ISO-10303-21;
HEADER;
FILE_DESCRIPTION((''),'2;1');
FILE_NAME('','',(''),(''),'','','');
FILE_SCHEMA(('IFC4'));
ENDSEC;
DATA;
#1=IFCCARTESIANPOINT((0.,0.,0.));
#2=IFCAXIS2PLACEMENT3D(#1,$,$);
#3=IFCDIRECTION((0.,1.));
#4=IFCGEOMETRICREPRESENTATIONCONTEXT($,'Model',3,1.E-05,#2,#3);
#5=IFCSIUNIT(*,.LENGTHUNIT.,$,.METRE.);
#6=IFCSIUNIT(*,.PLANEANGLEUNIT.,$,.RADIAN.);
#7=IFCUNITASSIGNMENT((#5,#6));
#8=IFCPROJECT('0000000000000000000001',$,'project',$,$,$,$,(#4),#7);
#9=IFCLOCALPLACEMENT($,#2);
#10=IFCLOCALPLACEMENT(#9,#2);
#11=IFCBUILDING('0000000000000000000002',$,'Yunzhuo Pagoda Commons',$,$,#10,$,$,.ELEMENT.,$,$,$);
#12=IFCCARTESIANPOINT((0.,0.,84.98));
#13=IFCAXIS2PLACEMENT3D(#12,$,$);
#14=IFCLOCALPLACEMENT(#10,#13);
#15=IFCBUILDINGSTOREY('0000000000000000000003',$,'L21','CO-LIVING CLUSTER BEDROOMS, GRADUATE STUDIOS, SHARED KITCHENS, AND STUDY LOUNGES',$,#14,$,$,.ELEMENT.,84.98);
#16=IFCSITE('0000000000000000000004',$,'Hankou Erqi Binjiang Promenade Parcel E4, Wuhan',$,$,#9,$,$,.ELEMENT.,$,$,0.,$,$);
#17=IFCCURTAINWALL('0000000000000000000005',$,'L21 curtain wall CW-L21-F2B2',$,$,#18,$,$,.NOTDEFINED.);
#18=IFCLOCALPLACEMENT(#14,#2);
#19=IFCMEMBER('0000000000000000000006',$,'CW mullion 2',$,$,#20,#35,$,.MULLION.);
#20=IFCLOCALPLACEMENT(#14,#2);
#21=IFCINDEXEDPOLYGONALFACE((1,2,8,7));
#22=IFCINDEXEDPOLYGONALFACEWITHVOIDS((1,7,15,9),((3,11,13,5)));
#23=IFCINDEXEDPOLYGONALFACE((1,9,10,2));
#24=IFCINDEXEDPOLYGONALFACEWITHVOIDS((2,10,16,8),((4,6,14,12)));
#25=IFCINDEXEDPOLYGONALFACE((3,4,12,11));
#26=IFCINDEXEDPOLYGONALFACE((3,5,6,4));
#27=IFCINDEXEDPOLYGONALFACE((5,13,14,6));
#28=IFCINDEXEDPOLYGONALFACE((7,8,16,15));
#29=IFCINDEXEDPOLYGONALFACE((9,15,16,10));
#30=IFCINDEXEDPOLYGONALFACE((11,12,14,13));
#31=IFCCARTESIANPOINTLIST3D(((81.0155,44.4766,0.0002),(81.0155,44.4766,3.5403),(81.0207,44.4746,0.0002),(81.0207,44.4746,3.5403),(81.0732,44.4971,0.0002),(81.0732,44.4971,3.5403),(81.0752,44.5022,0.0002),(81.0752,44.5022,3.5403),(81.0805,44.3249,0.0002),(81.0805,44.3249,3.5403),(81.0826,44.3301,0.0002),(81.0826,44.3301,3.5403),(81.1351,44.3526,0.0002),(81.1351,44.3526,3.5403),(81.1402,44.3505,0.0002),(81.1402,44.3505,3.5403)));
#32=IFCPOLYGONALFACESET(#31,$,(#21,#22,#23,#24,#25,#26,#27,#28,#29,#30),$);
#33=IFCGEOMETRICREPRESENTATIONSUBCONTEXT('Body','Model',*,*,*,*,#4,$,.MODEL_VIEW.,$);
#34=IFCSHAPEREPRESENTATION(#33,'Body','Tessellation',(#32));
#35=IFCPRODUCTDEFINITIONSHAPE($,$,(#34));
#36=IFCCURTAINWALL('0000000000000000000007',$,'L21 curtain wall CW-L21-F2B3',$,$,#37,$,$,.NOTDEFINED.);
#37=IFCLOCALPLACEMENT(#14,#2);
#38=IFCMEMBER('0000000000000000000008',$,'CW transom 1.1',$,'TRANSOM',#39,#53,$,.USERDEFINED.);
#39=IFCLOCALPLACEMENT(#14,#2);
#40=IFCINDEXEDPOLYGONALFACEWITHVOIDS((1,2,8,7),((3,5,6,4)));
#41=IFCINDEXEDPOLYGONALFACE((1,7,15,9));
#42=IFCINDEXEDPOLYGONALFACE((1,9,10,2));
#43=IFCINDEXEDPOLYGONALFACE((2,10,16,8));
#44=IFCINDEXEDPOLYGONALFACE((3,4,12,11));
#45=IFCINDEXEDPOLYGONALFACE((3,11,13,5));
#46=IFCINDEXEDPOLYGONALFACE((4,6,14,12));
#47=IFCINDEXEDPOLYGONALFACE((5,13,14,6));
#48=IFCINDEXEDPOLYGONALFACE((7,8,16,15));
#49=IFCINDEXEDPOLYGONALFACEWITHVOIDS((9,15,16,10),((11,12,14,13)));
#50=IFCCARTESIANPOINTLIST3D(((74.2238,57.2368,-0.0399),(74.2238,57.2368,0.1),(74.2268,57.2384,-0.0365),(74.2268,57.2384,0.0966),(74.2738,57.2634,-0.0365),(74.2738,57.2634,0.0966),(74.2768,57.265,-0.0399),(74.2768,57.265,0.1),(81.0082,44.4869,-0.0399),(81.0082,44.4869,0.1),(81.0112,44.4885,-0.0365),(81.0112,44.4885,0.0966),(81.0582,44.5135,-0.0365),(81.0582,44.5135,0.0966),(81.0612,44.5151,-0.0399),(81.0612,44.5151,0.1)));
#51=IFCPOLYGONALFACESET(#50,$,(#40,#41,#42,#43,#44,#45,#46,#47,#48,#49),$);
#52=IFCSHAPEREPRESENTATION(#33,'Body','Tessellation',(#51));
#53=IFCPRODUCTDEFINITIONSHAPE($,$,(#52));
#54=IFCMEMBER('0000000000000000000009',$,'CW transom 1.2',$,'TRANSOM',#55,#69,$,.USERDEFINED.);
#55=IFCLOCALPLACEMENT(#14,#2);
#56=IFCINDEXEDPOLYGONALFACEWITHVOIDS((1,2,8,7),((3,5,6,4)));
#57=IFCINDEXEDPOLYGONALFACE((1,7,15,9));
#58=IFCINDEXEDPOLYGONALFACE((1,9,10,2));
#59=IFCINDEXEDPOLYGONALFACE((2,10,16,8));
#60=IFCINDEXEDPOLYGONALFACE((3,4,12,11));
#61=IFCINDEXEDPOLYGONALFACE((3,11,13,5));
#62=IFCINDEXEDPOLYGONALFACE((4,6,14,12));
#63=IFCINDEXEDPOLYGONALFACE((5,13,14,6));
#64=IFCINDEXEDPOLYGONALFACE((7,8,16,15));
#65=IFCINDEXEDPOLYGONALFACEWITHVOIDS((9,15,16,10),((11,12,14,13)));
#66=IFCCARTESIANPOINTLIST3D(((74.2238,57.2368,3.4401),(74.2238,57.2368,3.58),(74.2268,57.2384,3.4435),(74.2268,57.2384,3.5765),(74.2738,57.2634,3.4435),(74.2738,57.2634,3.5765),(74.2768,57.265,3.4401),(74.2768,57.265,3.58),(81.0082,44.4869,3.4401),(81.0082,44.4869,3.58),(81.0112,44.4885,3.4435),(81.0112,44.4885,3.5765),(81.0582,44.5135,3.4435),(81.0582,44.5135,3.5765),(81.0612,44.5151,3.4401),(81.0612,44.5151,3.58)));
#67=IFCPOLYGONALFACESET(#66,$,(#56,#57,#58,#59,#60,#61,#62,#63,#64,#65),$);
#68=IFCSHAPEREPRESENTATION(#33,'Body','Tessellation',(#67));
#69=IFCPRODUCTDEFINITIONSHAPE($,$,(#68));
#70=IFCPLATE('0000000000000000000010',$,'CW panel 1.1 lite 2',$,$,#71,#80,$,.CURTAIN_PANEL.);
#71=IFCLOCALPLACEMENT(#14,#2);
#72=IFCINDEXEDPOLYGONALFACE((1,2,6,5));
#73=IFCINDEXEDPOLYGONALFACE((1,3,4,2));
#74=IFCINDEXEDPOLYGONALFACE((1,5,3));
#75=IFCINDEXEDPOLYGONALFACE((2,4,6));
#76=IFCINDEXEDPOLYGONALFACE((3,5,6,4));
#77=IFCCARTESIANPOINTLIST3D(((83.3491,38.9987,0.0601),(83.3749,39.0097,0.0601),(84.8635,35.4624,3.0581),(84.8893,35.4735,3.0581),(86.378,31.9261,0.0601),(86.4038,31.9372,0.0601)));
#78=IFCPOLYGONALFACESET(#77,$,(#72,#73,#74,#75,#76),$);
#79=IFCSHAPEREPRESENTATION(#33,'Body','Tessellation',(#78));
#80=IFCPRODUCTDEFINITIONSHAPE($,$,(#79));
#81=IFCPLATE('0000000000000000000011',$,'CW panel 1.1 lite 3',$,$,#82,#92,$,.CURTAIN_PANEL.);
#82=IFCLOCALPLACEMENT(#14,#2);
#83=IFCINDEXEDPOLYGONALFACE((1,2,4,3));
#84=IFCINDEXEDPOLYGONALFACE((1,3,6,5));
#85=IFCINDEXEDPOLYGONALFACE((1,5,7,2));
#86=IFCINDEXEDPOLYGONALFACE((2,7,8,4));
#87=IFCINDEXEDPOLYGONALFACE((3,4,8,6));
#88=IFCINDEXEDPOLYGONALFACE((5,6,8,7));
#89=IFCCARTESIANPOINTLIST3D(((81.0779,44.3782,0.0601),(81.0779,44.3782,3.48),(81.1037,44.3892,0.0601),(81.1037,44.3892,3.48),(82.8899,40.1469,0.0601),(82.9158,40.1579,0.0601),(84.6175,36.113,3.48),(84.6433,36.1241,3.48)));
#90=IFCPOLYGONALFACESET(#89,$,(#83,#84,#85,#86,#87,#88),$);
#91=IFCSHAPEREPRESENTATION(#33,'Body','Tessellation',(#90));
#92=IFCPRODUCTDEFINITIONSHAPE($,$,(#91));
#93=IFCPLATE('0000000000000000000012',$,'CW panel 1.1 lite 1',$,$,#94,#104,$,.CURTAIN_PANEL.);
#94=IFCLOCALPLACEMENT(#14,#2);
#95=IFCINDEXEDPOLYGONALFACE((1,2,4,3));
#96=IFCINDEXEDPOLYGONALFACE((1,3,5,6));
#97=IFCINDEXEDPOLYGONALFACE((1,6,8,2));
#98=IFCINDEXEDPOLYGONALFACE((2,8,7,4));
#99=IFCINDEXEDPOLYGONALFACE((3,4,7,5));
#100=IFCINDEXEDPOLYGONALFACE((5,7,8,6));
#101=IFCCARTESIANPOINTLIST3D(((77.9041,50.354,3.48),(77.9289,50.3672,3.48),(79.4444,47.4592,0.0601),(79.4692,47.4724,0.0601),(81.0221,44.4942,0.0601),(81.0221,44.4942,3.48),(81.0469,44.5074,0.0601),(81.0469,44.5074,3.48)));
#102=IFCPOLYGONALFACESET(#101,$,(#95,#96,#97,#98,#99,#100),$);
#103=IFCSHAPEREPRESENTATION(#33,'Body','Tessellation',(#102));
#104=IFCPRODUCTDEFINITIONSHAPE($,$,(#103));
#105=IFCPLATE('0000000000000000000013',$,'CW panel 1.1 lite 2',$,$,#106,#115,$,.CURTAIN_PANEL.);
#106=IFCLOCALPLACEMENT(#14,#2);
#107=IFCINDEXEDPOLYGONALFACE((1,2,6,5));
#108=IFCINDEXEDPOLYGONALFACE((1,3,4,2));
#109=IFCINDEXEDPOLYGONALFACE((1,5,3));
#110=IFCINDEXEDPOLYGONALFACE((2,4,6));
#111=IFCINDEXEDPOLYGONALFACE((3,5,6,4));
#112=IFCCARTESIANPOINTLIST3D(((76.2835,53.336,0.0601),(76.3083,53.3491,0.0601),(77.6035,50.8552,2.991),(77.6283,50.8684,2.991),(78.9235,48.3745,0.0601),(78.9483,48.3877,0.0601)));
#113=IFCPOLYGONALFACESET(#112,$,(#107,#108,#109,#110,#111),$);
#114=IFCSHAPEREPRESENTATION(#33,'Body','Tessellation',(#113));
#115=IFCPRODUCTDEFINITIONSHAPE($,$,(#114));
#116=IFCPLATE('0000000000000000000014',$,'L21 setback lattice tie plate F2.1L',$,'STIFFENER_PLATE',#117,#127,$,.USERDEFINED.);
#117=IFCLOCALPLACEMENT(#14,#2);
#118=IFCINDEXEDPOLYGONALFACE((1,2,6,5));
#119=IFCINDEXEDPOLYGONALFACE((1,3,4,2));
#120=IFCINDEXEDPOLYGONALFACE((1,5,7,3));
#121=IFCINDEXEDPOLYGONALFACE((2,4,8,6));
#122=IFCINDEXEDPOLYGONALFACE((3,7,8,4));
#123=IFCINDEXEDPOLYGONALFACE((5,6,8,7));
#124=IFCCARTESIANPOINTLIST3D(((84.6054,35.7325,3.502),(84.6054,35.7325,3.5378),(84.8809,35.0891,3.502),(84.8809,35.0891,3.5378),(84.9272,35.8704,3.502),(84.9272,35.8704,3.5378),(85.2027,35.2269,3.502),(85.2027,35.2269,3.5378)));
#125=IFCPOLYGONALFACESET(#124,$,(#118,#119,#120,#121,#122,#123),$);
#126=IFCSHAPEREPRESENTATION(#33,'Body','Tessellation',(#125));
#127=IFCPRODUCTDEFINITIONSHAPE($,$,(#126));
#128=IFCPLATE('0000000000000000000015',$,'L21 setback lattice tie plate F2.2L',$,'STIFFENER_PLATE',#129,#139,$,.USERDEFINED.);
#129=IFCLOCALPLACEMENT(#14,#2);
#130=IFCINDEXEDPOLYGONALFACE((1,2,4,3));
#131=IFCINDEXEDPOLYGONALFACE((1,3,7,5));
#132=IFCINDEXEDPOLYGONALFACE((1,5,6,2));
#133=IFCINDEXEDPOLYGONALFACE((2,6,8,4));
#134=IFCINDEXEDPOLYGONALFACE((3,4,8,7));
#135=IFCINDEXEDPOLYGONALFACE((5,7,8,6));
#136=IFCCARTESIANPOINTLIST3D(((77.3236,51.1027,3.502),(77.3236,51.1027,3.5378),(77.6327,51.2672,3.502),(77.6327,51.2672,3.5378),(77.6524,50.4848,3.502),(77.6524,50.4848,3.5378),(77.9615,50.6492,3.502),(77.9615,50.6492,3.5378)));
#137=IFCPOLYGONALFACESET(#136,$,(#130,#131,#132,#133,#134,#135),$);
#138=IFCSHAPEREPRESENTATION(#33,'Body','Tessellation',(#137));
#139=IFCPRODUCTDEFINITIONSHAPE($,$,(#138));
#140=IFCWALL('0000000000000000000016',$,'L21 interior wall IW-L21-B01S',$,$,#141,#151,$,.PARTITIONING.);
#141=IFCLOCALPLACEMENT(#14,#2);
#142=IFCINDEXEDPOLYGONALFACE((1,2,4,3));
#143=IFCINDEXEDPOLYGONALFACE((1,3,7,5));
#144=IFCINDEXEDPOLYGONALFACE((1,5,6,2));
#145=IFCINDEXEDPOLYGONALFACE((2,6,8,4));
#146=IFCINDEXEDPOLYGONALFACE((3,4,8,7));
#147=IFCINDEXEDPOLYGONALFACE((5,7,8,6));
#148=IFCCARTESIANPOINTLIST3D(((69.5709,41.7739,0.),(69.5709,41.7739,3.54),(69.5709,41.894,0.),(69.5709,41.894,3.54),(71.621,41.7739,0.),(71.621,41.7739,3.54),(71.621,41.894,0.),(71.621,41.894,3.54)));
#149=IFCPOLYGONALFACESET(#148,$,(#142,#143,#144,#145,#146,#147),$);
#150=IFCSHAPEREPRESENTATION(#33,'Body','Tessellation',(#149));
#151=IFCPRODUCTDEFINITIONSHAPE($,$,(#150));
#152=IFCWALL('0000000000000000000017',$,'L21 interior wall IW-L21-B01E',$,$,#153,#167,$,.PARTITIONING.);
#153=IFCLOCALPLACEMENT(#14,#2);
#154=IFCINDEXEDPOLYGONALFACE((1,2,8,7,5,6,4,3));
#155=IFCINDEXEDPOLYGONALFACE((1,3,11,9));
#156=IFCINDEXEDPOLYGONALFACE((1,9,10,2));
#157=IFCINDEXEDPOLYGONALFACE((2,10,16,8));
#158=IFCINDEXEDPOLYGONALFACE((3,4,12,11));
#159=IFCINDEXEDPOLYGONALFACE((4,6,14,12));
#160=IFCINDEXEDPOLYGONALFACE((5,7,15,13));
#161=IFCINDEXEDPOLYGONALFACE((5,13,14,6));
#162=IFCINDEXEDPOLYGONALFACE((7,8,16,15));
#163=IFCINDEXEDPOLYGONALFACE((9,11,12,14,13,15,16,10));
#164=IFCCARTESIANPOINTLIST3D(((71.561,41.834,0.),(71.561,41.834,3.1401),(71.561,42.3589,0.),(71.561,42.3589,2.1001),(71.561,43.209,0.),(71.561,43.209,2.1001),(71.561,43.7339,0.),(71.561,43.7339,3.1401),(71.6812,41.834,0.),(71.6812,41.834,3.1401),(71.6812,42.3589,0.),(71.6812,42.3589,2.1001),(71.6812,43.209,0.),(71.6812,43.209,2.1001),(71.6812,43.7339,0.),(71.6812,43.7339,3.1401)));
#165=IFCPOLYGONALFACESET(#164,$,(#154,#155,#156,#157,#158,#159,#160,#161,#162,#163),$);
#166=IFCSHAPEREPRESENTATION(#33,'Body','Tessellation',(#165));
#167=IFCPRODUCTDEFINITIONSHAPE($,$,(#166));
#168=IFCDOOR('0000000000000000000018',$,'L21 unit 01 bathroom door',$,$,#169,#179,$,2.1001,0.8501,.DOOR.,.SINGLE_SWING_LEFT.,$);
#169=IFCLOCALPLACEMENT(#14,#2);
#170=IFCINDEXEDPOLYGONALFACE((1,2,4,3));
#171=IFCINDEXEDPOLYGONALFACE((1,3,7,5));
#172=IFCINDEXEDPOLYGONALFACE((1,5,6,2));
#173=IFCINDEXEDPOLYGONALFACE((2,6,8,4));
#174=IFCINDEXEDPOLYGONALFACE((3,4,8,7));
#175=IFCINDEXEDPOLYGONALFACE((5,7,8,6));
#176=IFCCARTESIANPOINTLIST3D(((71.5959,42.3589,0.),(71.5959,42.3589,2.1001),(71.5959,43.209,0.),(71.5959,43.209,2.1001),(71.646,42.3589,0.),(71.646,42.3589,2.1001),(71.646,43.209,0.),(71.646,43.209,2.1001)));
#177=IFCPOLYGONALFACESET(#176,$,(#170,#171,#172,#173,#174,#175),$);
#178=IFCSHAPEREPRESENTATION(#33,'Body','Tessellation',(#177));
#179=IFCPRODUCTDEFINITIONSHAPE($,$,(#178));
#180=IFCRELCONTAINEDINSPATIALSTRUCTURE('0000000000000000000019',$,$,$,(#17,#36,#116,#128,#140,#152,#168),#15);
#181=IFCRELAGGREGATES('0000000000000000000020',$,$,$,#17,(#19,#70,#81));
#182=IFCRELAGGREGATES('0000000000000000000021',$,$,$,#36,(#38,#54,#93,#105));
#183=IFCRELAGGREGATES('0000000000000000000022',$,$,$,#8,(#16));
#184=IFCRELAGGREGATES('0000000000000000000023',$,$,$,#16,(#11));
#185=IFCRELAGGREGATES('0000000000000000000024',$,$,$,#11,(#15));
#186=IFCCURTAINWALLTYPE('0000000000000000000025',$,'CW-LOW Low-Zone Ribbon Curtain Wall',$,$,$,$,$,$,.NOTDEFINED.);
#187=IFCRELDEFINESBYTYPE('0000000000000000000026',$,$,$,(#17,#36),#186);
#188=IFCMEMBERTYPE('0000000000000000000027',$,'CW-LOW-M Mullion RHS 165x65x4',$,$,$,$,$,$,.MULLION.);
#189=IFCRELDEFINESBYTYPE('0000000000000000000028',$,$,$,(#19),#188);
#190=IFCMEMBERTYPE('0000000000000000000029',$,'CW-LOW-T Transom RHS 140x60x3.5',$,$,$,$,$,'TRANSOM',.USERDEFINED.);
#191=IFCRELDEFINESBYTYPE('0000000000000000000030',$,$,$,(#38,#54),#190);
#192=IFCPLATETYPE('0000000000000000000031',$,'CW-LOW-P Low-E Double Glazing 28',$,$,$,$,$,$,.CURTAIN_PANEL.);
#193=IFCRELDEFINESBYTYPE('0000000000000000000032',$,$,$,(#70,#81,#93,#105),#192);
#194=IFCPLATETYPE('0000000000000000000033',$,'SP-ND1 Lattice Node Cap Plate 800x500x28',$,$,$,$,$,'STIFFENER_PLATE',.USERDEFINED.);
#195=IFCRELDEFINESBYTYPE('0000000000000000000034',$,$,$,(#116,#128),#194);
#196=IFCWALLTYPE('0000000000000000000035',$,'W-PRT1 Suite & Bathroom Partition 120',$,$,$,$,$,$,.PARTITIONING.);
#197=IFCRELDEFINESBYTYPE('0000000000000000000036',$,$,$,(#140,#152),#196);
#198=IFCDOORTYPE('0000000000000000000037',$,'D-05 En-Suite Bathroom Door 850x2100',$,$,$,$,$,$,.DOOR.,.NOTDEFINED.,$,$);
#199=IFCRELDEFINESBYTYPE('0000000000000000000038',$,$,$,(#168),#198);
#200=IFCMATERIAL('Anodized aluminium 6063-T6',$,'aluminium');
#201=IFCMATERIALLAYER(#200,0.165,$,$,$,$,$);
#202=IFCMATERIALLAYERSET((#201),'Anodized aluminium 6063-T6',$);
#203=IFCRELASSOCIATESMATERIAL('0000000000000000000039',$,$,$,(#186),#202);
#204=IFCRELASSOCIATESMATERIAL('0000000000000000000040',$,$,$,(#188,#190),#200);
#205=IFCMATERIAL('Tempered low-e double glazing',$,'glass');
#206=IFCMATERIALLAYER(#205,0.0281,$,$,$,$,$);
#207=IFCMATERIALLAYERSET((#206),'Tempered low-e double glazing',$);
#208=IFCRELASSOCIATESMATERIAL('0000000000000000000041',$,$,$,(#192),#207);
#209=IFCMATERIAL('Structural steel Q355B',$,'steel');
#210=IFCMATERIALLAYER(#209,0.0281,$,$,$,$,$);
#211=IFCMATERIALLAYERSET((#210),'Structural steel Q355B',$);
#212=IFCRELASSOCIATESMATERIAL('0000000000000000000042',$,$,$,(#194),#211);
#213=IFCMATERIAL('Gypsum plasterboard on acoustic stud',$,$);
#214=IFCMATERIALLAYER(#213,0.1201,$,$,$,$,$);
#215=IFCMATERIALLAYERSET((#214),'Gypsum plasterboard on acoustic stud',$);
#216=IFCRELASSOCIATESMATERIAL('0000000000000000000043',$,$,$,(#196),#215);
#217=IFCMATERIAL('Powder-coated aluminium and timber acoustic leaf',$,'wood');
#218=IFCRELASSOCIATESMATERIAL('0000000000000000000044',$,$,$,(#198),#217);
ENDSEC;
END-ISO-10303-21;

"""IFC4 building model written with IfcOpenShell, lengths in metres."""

from ifc_helpers import new_model, si_unit, direction, frame, frame_2d, origin, origin_2d, place, context, subcontext, project, spatial, polyline, rectangle, hollow_rectangle, outline, extrude, source, transform, mapped, material, layer, layer_set, material_profile, profile_set, type_object, element, fill, aggregate, save


model = new_model("IFC4")

# Units and contexts
model_context = context("Model", 3, precision=1e-05, world=origin(), true_north=direction((0.0, 1.0)))
body_context = subcontext(model_context, "Body", "Model", "MODEL_VIEW")
ifc_project = project(units=[si_unit("LENGTHUNIT", "METRE"), si_unit("PLANEANGLEUNIT", "RADIAN")], contexts=[model_context])

# Site, building, storey
site_placement = place(None, origin())
site = spatial("IfcSite", under=ifc_project, at=site_placement, Name="Hankou Erqi Binjiang Promenade Parcel E4, Wuhan", CompositionType="ELEMENT", RefElevation=0.0)
building_placement = place(site_placement, origin())
building = spatial("IfcBuilding", under=site, at=building_placement, Name="Yunzhuo Pagoda Commons", CompositionType="ELEMENT")
storey_placement = place(building_placement, frame((0.0, 0.0, 84.98)))
storey = spatial("IfcBuildingStorey", under=building, at=storey_placement, Name="L21", Description="CO-LIVING CLUSTER BEDROOMS, GRADUATE STUDIOS, SHARED KITCHENS, AND STUDY LOUNGES", CompositionType="ELEMENT", Elevation=84.98)

# Shared definitions
ifc_material_1 = material(Name="Structural steel Q355B", Category="steel")

# Curtain wall, member
ifc_material_2 = material(Name="Anodized aluminium 6063-T6", Category="aluminium")
ifc_layer_1 = layer(ifc_material_2, 0.165)
ifc_layer_set_1 = layer_set([ifc_layer_1], Name="Anodized aluminium 6063-T6")
curtain_wall_type = type_object("IfcCurtainWallType", Name="CW-LOW Low-Zone Ribbon Curtain Wall", PredefinedType="NOTDEFINED", material=ifc_layer_set_1)
curtain_wall_1_placement = place(storey_placement, origin())
curtain_wall_1 = element("IfcCurtainWall", 1, at=curtain_wall_1_placement, inside=storey, type_object=curtain_wall_type, Name="L21 curtain wall CW-L21-F2B2", PredefinedType="NOTDEFINED")
ifc_material_profile_1 = material_profile(ifc_material_2, hollow_rectangle(XDim=0.0649, YDim=0.165, WallThickness=0.0039, at=origin_2d()), Name="Anodized aluminium 6063-T6")
ifc_profile_set_1 = profile_set([ifc_material_profile_1], Name="Anodized aluminium 6063-T6")
member_type_1 = type_object("IfcMemberType", Name="CW-LOW-M Mullion RHS 165x65x4", PredefinedType="MULLION", material=ifc_profile_set_1)
shared_shape_1 = source(origin(), body_context, "Body", "SweptSolid", [
    extrude(hollow_rectangle(XDim=0.0649, YDim=0.165, WallThickness=0.0039, at=origin_2d()), origin(), (0.0, 0.0, 1.0), 3.54),
])
member_1_placement = place(storey_placement, frame((81.0779, 44.4136, 0.0002), z_axis=(0.0, 0.0, 1.0), x_axis=(-0.91925, -0.393674, 0.0)))
member_1 = element("IfcMember", 2, at=member_1_placement, type_object=member_type_1, Name="CW mullion 2", PredefinedType="MULLION", context=body_context, shape_type="MappedRepresentation", body=[
    mapped(shared_shape_1, transform((0.0, 0.0, 0.0), scale=1.0)),
])

# Curtain wall, members
curtain_wall_2_placement = place(storey_placement, origin())
curtain_wall_2 = element("IfcCurtainWall", 3, at=curtain_wall_2_placement, inside=storey, type_object=curtain_wall_type, Name="L21 curtain wall CW-L21-F2B3", PredefinedType="NOTDEFINED")
ifc_material_profile_2 = material_profile(ifc_material_2, hollow_rectangle(XDim=0.0601, YDim=0.1399, WallThickness=0.0034, at=origin_2d()), Name="Anodized aluminium 6063-T6")
ifc_profile_set_2 = profile_set([ifc_material_profile_2], Name="Anodized aluminium 6063-T6")
member_type_2 = type_object("IfcMemberType", Name="CW-LOW-T Transom RHS 140x60x3.5", ElementType="TRANSOM", PredefinedType="USERDEFINED", material=ifc_profile_set_2)
shared_shape_2 = source(origin(), body_context, "Body", "SweptSolid", [
    extrude(hollow_rectangle(XDim=0.0601, YDim=0.1399, WallThickness=0.0034, at=origin_2d()), origin(), (0.0, 0.0, 1.0), 14.4426),
])
member_2_placement = place(storey_placement, frame((81.0347, 44.501, 0.03), z_axis=(-0.469748, 0.8828, 0.0), x_axis=(-0.8828, -0.469748, 0.0)))
member_2 = element("IfcMember", 4, at=member_2_placement, type_object=member_type_2, Name="CW transom 1.1", ObjectType="TRANSOM", PredefinedType="USERDEFINED", context=body_context, shape_type="MappedRepresentation", body=[
    mapped(shared_shape_2, transform((0.0, 0.0, 0.0), scale=1.0)),
])
member_3_placement = place(storey_placement, frame((81.0347, 44.501, 3.51), z_axis=(-0.469748, 0.8828, 0.0), x_axis=(-0.8828, -0.469748, 0.0)))
member_3 = element("IfcMember", 5, at=member_3_placement, type_object=member_type_2, Name="CW transom 1.2", ObjectType="TRANSOM", PredefinedType="USERDEFINED", context=body_context, shape_type="MappedRepresentation", body=[
    mapped(shared_shape_2, transform((0.0, 0.0, 0.0), scale=1.0)),
])

# Plates
ifc_material_3 = material(Name="Tempered low-e double glazing", Category="glass")
ifc_layer_2 = layer(ifc_material_3, 0.0281)
ifc_layer_set_2 = layer_set([ifc_layer_2], Name="Tempered low-e double glazing")
plate_type_1 = type_object("IfcPlateType", Name="CW-LOW-P Low-E Double Glazing 28", PredefinedType="CURTAIN_PANEL", material=ifc_layer_set_2)
plate_1_placement = place(storey_placement, frame((84.8635, 35.4624, 1.5591), z_axis=(0.91925, 0.393674, 0.0), x_axis=(-0.393674, 0.91925, 0.0)))
plate_1 = element("IfcPlate", 6, at=plate_1_placement, type_object=plate_type_1, Name="CW panel 1.1 lite 2", PredefinedType="CURTAIN_PANEL", context=body_context, shape_type="SweptSolid", body=[
    extrude(outline(polyline([(-3.8469, -1.499), (3.8469, -1.499), (0.0, 1.499), (-3.8469, -1.499)])), origin(), (0.0, 0.0, 1.0), 0.0281),
])
plate_2_placement = place(storey_placement, frame((82.8477, 40.2456, 1.77), z_axis=(0.91925, 0.393674, 0.0), x_axis=(-0.393674, 0.91925, 0.0)))
plate_2 = element("IfcPlate", 7, at=plate_2_placement, type_object=plate_type_1, Name="CW panel 1.1 lite 3", PredefinedType="CURTAIN_PANEL", context=body_context, shape_type="SweptSolid", body=[
    extrude(outline(polyline([(-4.4956, 1.71), (-0.1074, -1.71), (4.4956, -1.71), (4.4956, 1.71), (-4.4956, 1.71)])), origin(), (0.0, 0.0, 1.0), 0.0281),
])
aggregate(curtain_wall_1, [member_1, plate_1, plate_2])
plate_3_placement = place(storey_placement, frame((79.4631, 47.4241, 1.77), z_axis=(0.882805, 0.46974, 0.0), x_axis=(-0.46974, 0.882805, 0.0)))
plate_3 = element("IfcPlate", 8, at=plate_3_placement, type_object=plate_type_1, Name="CW panel 1.1 lite 1", PredefinedType="CURTAIN_PANEL", context=body_context, shape_type="SweptSolid", body=[
    extrude(outline(polyline([(-3.3188, -1.71), (0.0398, -1.71), (3.3188, 1.71), (-3.3188, 1.71), (-3.3188, -1.71)])), origin(), (0.0, 0.0, 1.0), 0.0281),
])
plate_4_placement = place(storey_placement, frame((77.6035, 50.8552, 1.5254), z_axis=(0.882805, 0.46974, 0.0), x_axis=(-0.46974, 0.882805, 0.0)))
plate_4 = element("IfcPlate", 9, at=plate_4_placement, type_object=plate_type_1, Name="CW panel 1.1 lite 2", PredefinedType="CURTAIN_PANEL", context=body_context, shape_type="SweptSolid", body=[
    extrude(outline(polyline([(-2.8101, -1.4653), (2.8101, -1.4653), (0.0, 1.4656), (-2.8101, -1.4653)])), origin(), (0.0, 0.0, 1.0), 0.0281),
])
aggregate(curtain_wall_2, [member_2, member_3, plate_3, plate_4])

# Plates
ifc_layer_3 = layer(ifc_material_1, 0.0281)
ifc_layer_set_3 = layer_set([ifc_layer_3], Name="Structural steel Q355B")
plate_type_2 = type_object("IfcPlateType", Name="SP-ND1 Lattice Node Cap Plate 800x500x28", ElementType="STIFFENER_PLATE", PredefinedType="USERDEFINED", material=ifc_layer_set_3)
shared_shape_3 = source(origin(), body_context, "Body", "SweptSolid", [
    extrude(rectangle(XDim=0.7, YDim=0.3501, at=origin_2d()), origin(), (0.0, 0.0, 1.0), 0.0359),
])
for number, where, z_axis, x_axis, name in (
    (10, (84.9041, 35.4797, 3.502), (0.0, 0.0, 1.0), (-0.393669, 0.919252, 0.0), "L21 setback lattice tie plate F2.1L"),
    (11, (77.6426, 50.876, 3.502), (0.0, 0.0, 1.0), (-0.469734, 0.882808, 0.0), "L21 setback lattice tie plate F2.2L"),
):
    element("IfcPlate", number, at=place(storey_placement, frame(where, z_axis=z_axis, x_axis=x_axis)), inside=storey, type_object=plate_type_2, Name=name, ObjectType="STIFFENER_PLATE", PredefinedType="USERDEFINED", context=body_context, shape_type="MappedRepresentation", body=[
        mapped(shared_shape_3, transform((0.0, 0.0, 0.0), scale=1.0)),
    ])

# Wall
ifc_material_4 = material(Name="Gypsum plasterboard on acoustic stud")
ifc_layer_4 = layer(ifc_material_4, 0.1201)
ifc_layer_set_4 = layer_set([ifc_layer_4], Name="Gypsum plasterboard on acoustic stud")
wall_type = type_object("IfcWallType", Name="W-PRT1 Suite & Bathroom Partition 120", PredefinedType="PARTITIONING", material=ifc_layer_set_4)
wall_1_placement = place(storey_placement, frame((69.571, 41.834, 0.0), z_axis=(0.0, 0.0, 1.0), x_axis=(1.0, 0.0, 0.0)))
element("IfcWall", 12, at=wall_1_placement, inside=storey, type_object=wall_type, Name="L21 interior wall IW-L21-B01S", PredefinedType="PARTITIONING", context=body_context, shape_type="SweptSolid", body=[
    extrude(rectangle(XDim=2.05, YDim=0.1201, at=frame_2d((1.0249, 0.0))), origin(), (0.0, 0.0, 1.0), 3.54),
])

# Wall, opening, door
wall_2_placement = place(storey_placement, frame((71.6211, 41.834, 0.0), z_axis=(0.0, 0.0, 1.0), x_axis=(0.0, 1.0, 0.0)))
wall_2 = element("IfcWall", 13, at=wall_2_placement, inside=storey, type_object=wall_type, Name="L21 interior wall IW-L21-B01E", PredefinedType="PARTITIONING", context=body_context, shape_type="SweptSolid", body=[
    extrude(rectangle(XDim=1.8999, YDim=0.1201, at=frame_2d((0.95, 0.0))), origin(), (0.0, 0.0, 1.0), 3.1401),
])
opening_1_placement = place(wall_2_placement, frame((0.5249, 0.0, 0.0)))
opening_1 = element("IfcOpeningElement", 14, at=opening_1_placement, cuts=wall_2, PredefinedType="OPENING", context=body_context, shape_type="SweptSolid", body=[
    extrude(rectangle(XDim=0.8501, YDim=2.1001, at=frame_2d((0.425, 1.05))), frame((0.0, 0.0701, 0.0), z_axis=(0.0, -1.0, 0.0), x_axis=(1.0, 0.0, 0.0)), (0.0, 0.0, 1.0), 0.1401),
])
ifc_material_5 = material(Name="Powder-coated aluminium and timber acoustic leaf", Category="wood")
door_type_1 = type_object("IfcDoorType", Name="D-05 En-Suite Bathroom Door 850x2100", OperationType="NOTDEFINED", PredefinedType="DOOR", material=ifc_material_5)
shared_shape_4 = source(origin(), body_context, "Body", "SweptSolid", [
    extrude(rectangle(XDim=0.8501, YDim=2.1001, at=frame_2d((0.425, 1.05))), frame((0.0, 0.0249, 0.0), z_axis=(0.0, -1.0, 0.0), x_axis=(1.0, 0.0, 0.0)), (0.0, 0.0, 1.0), 0.05),
])
door_1_placement = place(opening_1_placement, frame((0.8501, 0.0, 0.0), z_axis=(0.0, 0.0, 1.0), x_axis=(-1.0, 0.0, 0.0)))
door_1 = element("IfcDoor", 15, at=door_1_placement, inside=storey, type_object=door_type_1, Name="L21 unit 01 bathroom door", OperationType="SINGLE_SWING_LEFT", OverallHeight=2.1001, OverallWidth=0.8501, PredefinedType="DOOR", context=body_context, shape_type="MappedRepresentation", body=[
    mapped(shared_shape_4, transform((0.0, 0.0, 0.0), scale=1.0)),
])
fill(opening_1, door_1)

save(model, "model.ifc")
